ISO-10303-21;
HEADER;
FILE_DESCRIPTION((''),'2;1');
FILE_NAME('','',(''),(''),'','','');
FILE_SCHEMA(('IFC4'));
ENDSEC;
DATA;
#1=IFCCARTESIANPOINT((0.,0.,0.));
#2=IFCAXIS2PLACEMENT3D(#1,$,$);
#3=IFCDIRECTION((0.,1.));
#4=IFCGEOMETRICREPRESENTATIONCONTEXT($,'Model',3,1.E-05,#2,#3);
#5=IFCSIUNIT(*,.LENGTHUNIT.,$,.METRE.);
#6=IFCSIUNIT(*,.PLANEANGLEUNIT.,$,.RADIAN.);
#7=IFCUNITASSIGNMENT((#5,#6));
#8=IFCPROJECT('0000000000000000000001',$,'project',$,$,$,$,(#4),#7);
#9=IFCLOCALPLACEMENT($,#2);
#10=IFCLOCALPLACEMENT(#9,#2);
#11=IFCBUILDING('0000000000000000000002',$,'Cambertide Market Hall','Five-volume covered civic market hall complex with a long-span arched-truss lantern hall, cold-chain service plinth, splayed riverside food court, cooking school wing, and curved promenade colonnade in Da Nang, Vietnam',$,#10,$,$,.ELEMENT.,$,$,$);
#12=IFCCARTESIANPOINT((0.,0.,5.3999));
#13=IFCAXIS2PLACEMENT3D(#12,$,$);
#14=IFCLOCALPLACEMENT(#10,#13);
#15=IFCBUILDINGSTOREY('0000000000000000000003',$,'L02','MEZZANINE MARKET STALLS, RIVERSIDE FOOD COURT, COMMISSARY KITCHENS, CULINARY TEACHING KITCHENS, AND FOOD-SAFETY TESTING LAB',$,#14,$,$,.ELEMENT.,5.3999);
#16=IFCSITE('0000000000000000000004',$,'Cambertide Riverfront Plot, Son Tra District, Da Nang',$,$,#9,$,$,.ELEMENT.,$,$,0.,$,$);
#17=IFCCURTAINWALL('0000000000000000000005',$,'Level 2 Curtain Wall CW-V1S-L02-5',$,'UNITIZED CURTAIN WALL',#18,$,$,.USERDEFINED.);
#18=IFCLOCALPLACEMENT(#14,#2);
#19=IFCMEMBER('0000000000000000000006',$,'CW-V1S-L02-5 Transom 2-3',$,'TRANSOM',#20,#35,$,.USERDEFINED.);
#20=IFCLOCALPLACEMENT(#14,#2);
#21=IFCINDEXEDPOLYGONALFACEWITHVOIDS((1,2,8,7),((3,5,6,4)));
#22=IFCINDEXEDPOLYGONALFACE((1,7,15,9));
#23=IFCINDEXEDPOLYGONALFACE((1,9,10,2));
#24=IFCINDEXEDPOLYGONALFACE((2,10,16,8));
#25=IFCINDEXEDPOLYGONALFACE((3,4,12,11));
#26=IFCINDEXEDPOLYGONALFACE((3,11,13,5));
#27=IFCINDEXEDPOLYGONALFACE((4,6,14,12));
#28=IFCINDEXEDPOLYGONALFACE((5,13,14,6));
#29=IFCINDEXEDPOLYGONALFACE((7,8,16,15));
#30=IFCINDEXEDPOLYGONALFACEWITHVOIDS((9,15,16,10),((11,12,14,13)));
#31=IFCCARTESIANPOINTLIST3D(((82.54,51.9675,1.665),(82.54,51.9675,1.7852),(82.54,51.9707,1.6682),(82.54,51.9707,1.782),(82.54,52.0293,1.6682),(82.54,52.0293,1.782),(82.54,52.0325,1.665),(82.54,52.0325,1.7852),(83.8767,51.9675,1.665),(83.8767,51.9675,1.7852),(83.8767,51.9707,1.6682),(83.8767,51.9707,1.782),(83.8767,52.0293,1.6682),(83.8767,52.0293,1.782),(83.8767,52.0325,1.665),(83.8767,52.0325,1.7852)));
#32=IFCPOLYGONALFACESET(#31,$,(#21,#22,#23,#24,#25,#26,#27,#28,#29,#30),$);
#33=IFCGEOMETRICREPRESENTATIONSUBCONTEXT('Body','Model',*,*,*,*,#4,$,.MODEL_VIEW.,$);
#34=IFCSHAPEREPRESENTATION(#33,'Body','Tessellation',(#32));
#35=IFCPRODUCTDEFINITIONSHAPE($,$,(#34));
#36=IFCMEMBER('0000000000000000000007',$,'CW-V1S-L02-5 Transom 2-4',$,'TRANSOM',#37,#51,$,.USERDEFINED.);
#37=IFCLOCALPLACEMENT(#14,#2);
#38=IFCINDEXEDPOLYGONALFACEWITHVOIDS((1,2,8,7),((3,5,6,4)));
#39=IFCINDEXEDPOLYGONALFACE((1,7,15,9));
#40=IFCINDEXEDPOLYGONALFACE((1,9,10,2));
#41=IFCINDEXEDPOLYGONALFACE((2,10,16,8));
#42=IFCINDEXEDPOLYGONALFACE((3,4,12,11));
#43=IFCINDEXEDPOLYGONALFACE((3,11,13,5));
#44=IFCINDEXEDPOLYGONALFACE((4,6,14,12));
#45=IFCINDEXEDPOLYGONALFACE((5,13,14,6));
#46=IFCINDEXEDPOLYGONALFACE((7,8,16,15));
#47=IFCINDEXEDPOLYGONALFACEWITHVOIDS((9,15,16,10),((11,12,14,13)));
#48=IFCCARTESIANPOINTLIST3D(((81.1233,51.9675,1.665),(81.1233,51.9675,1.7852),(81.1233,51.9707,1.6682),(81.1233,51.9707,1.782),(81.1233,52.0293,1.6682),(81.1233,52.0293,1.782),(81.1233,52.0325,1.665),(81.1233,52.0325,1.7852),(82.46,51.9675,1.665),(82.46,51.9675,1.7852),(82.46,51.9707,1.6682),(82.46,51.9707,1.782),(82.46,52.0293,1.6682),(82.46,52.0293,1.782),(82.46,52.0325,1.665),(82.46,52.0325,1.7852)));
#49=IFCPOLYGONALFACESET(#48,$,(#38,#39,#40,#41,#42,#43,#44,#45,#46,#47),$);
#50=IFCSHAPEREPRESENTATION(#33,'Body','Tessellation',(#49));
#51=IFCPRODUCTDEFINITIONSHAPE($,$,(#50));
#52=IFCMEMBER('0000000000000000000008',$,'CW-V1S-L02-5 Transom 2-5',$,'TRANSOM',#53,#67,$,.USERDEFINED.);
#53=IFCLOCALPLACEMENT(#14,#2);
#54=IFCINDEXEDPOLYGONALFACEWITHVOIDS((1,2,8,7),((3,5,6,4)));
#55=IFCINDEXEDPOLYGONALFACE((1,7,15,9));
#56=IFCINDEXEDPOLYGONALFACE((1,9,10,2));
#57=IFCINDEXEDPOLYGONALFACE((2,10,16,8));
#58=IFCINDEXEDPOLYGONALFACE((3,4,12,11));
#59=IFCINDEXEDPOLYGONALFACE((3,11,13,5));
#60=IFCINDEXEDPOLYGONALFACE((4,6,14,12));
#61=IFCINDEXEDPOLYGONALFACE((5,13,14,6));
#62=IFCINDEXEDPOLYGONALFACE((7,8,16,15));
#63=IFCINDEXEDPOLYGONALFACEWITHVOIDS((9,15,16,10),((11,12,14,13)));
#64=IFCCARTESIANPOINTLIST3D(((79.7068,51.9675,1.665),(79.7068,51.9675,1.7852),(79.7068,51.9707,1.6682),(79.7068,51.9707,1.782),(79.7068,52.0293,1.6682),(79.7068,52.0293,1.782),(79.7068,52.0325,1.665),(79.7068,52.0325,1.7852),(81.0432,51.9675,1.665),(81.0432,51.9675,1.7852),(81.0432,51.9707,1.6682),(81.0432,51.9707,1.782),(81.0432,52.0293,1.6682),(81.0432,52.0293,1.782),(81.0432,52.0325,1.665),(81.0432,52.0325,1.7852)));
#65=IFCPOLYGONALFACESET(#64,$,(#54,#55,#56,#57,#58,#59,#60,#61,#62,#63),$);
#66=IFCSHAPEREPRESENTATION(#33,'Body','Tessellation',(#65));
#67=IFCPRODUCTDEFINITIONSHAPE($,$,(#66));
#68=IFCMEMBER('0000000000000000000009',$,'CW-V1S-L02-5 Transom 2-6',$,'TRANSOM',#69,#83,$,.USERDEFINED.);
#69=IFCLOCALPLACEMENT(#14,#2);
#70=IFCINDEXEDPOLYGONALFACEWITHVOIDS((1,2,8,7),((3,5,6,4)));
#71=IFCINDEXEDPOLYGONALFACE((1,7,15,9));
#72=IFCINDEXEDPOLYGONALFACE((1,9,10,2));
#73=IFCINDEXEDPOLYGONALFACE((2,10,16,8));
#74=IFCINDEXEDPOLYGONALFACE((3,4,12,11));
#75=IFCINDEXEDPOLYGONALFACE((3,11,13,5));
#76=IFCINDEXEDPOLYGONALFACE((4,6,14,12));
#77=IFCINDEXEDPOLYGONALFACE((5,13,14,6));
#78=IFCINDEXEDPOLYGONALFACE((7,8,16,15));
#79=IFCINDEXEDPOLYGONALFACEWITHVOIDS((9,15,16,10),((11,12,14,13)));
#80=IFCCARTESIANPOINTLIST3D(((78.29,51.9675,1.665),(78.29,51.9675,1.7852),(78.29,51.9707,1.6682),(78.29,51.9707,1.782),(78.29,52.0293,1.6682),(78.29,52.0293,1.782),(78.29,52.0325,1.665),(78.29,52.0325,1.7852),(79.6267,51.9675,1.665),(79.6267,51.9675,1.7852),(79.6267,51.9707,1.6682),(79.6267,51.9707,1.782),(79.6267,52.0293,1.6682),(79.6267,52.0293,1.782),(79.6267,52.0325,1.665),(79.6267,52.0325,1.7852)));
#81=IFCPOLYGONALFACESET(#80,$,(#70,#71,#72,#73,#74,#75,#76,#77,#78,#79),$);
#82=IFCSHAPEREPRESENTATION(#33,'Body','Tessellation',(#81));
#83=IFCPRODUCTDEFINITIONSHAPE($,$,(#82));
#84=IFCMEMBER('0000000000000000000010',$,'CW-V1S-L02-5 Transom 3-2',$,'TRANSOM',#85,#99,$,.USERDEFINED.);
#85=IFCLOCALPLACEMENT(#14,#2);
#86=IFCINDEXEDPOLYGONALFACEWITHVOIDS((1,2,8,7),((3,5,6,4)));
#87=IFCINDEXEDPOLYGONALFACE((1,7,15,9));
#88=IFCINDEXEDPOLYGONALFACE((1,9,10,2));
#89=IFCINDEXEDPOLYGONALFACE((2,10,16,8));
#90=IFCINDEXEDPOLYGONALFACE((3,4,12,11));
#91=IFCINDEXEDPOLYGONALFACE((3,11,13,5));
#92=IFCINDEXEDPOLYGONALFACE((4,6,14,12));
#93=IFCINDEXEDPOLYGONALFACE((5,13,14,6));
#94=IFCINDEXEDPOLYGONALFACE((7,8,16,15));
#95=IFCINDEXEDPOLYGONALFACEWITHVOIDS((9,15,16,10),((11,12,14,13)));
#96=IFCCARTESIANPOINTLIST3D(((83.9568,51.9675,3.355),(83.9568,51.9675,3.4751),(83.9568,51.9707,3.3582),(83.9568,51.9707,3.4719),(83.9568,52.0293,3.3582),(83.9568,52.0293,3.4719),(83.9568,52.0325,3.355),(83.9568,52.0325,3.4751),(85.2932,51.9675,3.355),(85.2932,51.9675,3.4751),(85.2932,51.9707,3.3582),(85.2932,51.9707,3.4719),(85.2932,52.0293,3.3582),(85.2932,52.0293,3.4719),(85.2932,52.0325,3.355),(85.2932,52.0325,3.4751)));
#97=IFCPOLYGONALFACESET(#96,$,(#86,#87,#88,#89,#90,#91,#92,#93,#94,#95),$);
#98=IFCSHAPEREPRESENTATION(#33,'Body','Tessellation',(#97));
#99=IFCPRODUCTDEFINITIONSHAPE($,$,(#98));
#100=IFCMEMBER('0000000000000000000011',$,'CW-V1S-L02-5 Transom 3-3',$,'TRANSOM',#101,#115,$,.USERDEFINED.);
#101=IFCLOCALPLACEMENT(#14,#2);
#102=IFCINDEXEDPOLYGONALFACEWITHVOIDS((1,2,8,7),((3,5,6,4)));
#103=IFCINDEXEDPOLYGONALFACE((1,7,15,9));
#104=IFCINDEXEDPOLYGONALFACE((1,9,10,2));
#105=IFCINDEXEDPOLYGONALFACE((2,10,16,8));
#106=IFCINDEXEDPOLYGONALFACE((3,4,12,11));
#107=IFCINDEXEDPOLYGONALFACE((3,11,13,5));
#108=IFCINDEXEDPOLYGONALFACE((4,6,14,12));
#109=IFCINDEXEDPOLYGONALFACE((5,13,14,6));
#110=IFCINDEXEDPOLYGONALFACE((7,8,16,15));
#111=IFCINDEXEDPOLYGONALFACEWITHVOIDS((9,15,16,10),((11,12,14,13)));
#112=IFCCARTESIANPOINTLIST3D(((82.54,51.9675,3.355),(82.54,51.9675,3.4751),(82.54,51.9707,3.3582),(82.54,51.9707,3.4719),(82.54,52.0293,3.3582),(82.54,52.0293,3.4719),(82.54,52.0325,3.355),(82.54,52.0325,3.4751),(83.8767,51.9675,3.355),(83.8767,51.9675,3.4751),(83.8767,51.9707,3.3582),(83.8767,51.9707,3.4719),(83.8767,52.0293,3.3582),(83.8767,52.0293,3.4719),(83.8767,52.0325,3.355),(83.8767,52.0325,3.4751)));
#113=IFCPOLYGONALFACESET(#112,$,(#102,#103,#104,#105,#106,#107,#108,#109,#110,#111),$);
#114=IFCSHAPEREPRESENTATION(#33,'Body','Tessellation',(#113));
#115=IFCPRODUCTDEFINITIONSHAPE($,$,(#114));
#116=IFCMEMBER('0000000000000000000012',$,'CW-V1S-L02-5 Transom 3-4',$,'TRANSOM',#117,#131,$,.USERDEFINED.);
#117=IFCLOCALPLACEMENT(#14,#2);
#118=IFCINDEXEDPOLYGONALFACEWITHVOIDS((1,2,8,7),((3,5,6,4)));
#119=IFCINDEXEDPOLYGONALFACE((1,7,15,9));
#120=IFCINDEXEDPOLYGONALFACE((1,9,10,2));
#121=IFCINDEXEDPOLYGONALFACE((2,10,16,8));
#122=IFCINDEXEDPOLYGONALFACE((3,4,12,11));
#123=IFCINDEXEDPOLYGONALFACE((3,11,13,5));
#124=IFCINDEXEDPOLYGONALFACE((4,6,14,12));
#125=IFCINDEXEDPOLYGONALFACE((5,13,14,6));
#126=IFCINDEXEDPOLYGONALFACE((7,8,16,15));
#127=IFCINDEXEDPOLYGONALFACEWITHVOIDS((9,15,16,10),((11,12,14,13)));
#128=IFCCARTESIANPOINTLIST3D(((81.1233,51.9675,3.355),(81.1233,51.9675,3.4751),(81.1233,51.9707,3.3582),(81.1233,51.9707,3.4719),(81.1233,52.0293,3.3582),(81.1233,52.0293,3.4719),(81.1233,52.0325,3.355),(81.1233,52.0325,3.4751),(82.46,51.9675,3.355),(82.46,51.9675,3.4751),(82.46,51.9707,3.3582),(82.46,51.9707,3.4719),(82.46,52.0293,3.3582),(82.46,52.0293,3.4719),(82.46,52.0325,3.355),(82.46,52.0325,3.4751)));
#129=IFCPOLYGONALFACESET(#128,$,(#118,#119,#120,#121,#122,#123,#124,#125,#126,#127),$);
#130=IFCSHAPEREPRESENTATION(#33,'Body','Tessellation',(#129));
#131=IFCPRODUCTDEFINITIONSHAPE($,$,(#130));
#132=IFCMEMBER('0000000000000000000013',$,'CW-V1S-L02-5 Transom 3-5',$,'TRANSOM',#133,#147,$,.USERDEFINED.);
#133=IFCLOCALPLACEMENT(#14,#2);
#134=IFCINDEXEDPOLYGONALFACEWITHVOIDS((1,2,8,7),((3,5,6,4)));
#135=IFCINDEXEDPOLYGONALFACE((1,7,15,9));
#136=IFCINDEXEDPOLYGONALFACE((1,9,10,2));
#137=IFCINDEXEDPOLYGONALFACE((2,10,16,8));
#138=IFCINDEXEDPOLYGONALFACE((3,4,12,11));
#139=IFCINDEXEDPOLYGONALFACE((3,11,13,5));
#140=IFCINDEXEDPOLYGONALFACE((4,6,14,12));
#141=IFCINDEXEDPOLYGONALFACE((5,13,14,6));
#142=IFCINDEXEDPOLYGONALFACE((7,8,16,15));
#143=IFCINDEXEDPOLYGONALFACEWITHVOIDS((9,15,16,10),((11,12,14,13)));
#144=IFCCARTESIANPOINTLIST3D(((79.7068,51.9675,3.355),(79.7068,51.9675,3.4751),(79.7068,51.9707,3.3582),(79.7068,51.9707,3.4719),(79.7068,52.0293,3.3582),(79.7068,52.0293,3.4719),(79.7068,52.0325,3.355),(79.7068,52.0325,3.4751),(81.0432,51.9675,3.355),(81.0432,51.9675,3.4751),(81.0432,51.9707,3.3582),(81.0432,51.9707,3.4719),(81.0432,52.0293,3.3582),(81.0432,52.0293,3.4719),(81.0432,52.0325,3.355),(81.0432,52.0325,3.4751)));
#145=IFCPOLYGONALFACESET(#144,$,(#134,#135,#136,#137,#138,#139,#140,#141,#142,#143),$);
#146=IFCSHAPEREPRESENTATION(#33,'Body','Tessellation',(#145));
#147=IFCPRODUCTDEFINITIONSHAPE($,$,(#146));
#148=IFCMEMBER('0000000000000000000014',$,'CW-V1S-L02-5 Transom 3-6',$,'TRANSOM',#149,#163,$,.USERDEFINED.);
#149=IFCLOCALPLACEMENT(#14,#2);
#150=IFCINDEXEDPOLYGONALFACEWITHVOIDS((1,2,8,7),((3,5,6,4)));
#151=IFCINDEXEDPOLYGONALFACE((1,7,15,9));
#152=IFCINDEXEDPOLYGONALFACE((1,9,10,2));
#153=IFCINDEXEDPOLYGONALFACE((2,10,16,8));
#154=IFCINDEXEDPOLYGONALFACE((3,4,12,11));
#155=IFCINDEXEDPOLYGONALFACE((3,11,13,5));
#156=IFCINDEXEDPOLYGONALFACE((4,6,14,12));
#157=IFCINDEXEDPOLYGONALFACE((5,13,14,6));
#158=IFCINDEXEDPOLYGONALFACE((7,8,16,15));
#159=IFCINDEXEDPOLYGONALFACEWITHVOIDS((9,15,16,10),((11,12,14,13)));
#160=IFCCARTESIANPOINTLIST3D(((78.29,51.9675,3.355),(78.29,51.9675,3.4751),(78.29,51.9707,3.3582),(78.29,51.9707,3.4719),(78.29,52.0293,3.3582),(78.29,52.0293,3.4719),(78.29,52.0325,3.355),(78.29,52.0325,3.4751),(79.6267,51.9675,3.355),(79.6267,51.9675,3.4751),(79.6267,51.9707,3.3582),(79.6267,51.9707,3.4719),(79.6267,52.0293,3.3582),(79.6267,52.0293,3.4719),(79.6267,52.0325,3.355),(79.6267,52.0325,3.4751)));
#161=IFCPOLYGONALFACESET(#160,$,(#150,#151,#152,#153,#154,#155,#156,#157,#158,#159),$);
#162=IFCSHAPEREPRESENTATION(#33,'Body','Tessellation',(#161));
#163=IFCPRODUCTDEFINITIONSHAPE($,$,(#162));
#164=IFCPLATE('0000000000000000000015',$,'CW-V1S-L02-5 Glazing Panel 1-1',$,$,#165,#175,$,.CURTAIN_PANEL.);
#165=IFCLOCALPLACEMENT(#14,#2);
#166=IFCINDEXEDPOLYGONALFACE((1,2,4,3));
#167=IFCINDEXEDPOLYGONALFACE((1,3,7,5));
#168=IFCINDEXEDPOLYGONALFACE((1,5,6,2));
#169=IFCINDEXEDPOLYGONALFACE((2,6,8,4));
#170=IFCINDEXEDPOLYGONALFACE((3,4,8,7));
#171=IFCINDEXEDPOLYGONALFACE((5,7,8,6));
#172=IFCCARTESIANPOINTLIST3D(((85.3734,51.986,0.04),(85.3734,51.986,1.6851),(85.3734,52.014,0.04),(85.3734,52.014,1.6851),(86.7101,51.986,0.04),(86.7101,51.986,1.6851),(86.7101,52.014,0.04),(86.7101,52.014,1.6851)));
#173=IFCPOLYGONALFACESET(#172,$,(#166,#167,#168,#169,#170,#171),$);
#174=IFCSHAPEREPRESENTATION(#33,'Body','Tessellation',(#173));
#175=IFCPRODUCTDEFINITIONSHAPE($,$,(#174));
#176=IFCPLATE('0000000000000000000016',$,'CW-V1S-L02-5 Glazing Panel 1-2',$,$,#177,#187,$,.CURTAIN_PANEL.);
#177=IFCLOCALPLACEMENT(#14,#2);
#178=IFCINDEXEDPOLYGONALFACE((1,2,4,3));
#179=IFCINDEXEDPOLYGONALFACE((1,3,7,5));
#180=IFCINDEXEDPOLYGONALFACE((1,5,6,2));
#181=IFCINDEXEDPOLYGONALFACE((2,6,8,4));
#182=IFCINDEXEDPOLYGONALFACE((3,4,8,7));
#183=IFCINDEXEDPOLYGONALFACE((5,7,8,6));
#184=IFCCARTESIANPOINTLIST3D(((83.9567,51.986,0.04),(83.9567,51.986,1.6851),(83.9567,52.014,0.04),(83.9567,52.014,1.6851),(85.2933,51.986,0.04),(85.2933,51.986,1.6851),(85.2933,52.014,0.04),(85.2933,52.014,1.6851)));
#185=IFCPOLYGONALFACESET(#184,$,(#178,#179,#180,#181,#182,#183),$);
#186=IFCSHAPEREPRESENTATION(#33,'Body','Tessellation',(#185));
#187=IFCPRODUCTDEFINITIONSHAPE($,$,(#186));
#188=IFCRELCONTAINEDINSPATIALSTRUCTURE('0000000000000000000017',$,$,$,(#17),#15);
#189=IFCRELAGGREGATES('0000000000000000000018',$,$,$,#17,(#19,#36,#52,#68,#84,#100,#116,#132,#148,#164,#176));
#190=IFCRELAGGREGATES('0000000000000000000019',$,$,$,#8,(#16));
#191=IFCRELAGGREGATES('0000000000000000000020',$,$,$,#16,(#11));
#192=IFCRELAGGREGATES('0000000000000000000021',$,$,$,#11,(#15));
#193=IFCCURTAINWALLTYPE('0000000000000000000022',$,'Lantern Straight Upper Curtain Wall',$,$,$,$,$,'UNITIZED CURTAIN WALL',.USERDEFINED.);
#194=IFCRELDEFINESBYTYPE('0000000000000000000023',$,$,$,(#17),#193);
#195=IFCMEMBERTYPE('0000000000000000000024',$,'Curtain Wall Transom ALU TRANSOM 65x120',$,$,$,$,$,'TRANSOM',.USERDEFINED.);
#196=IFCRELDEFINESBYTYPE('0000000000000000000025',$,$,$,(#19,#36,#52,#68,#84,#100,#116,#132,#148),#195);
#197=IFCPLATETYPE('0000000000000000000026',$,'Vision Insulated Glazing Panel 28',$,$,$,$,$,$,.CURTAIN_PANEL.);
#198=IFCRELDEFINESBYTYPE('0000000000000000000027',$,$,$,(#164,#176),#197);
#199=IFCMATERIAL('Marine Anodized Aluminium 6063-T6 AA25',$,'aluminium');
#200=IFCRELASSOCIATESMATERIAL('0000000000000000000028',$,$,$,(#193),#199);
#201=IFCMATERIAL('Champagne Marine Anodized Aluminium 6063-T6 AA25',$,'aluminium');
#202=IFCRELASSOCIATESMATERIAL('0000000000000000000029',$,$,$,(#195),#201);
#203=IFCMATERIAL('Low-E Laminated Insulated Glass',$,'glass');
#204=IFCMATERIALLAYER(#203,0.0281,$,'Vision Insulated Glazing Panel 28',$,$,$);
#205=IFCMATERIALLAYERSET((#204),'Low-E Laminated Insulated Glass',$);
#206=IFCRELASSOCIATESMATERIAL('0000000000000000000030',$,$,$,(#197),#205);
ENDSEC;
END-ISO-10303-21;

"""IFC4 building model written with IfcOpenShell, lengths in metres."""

from ifc_helpers import new_model, si_unit, direction, frame, origin, origin_2d, place, context, subcontext, project, spatial, rectangle, hollow_rectangle, extrude, material, layer, layer_set, material_profile, profile_set, type_object, element, aggregate, save


model = new_model("IFC4")

# Units and contexts
model_context = context("Model", 3, precision=1e-05, world=origin(), true_north=direction((0.0, 1.0)))
body_context = subcontext(model_context, "Body", "Model", "MODEL_VIEW")
ifc_project = project(units=[si_unit("LENGTHUNIT", "METRE"), si_unit("PLANEANGLEUNIT", "RADIAN")], contexts=[model_context])

# Site, building, storey
site_placement = place(None, origin())
site = spatial("IfcSite", under=ifc_project, at=site_placement, Name="Cambertide Riverfront Plot, Son Tra District, Da Nang", CompositionType="ELEMENT", RefElevation=0.0)
building_placement = place(site_placement, origin())
building = spatial("IfcBuilding", under=site, at=building_placement, Name="Cambertide Market Hall", Description="Five-volume covered civic market hall complex with a long-span arched-truss lantern hall, cold-chain service plinth, splayed riverside food court, cooking school wing, and curved promenade colonnade in Da Nang, Vietnam", CompositionType="ELEMENT")
storey_placement = place(building_placement, frame((0.0, 0.0, 5.3999)))
storey = spatial("IfcBuildingStorey", under=building, at=storey_placement, Name="L02", Description="MEZZANINE MARKET STALLS, RIVERSIDE FOOD COURT, COMMISSARY KITCHENS, CULINARY TEACHING KITCHENS, AND FOOD-SAFETY TESTING LAB", CompositionType="ELEMENT", Elevation=5.3999)

# Curtain wall, members, plates
ifc_material_1 = material(Name="Marine Anodized Aluminium 6063-T6 AA25", Category="aluminium")
curtain_wall_type = type_object("IfcCurtainWallType", Name="Lantern Straight Upper Curtain Wall", ElementType="UNITIZED CURTAIN WALL", PredefinedType="USERDEFINED", material=ifc_material_1)
curtain_wall_placement = place(storey_placement, origin())
curtain_wall = element("IfcCurtainWall", 1, at=curtain_wall_placement, inside=storey, type_object=curtain_wall_type, Name="Level 2 Curtain Wall CW-V1S-L02-5", ObjectType="UNITIZED CURTAIN WALL", PredefinedType="USERDEFINED")
ifc_material_2 = material(Name="Champagne Marine Anodized Aluminium 6063-T6 AA25", Category="aluminium")
ifc_material_profile_1 = material_profile(ifc_material_2, hollow_rectangle(XDim=0.0649, YDim=0.1201, WallThickness=0.0032, at=origin_2d()), Name="ALU TRANSOM 65x120")
ifc_profile_set_1 = profile_set([ifc_material_profile_1], Name="Champagne Marine Anodized Aluminium 6063-T6 AA25")
member_type_1 = type_object("IfcMemberType", Name="Curtain Wall Transom ALU TRANSOM 65x120", ElementType="TRANSOM", PredefinedType="USERDEFINED", material=ifc_profile_set_1)
member_1_placement = place(storey_placement, frame((83.8767, 52.0, 1.7251), z_axis=(-1.0, 0.0, 0.0), x_axis=(0.0, -1.0, 0.0)))
member_1 = element("IfcMember", 2, at=member_1_placement, type_object=member_type_1, Name="CW-V1S-L02-5 Transom 2-3", ObjectType="TRANSOM", PredefinedType="USERDEFINED", context=body_context, shape_type="SweptSolid", body=[
    extrude(hollow_rectangle(XDim=0.0649, YDim=0.1201, WallThickness=0.0032, at=origin_2d()), origin(), (0.0, 0.0, 1.0), 1.3367),
])
member_2_placement = place(storey_placement, frame((82.46, 52.0, 1.7251), z_axis=(-1.0, 0.0, 0.0), x_axis=(0.0, -1.0, 0.0)))
member_2 = element("IfcMember", 3, at=member_2_placement, type_object=member_type_1, Name="CW-V1S-L02-5 Transom 2-4", ObjectType="TRANSOM", PredefinedType="USERDEFINED", context=body_context, shape_type="SweptSolid", body=[
    extrude(hollow_rectangle(XDim=0.0649, YDim=0.1201, WallThickness=0.0032, at=origin_2d()), origin(), (0.0, 0.0, 1.0), 1.3367),
])
member_3_placement = place(storey_placement, frame((81.0432, 52.0, 1.7251), z_axis=(-1.0, 0.0, 0.0), x_axis=(0.0, -1.0, 0.0)))
member_3 = element("IfcMember", 4, at=member_3_placement, type_object=member_type_1, Name="CW-V1S-L02-5 Transom 2-5", ObjectType="TRANSOM", PredefinedType="USERDEFINED", context=body_context, shape_type="SweptSolid", body=[
    extrude(hollow_rectangle(XDim=0.0649, YDim=0.1201, WallThickness=0.0032, at=origin_2d()), origin(), (0.0, 0.0, 1.0), 1.3364),
])
member_4_placement = place(storey_placement, frame((79.6267, 52.0, 1.7251), z_axis=(-1.0, 0.0, 0.0), x_axis=(0.0, -1.0, 0.0)))
member_4 = element("IfcMember", 5, at=member_4_placement, type_object=member_type_1, Name="CW-V1S-L02-5 Transom 2-6", ObjectType="TRANSOM", PredefinedType="USERDEFINED", context=body_context, shape_type="SweptSolid", body=[
    extrude(hollow_rectangle(XDim=0.0649, YDim=0.1201, WallThickness=0.0032, at=origin_2d()), origin(), (0.0, 0.0, 1.0), 1.3367),
])
member_5_placement = place(storey_placement, frame((85.2932, 52.0, 3.415), z_axis=(-1.0, 0.0, 0.0), x_axis=(0.0, -1.0, 0.0)))
member_5 = element("IfcMember", 6, at=member_5_placement, type_object=member_type_1, Name="CW-V1S-L02-5 Transom 3-2", ObjectType="TRANSOM", PredefinedType="USERDEFINED", context=body_context, shape_type="SweptSolid", body=[
    extrude(hollow_rectangle(XDim=0.0649, YDim=0.1201, WallThickness=0.0032, at=origin_2d()), origin(), (0.0, 0.0, 1.0), 1.3364),
])
member_6_placement = place(storey_placement, frame((83.8767, 52.0, 3.415), z_axis=(-1.0, 0.0, 0.0), x_axis=(0.0, -1.0, 0.0)))
member_6 = element("IfcMember", 7, at=member_6_placement, type_object=member_type_1, Name="CW-V1S-L02-5 Transom 3-3", ObjectType="TRANSOM", PredefinedType="USERDEFINED", context=body_context, shape_type="SweptSolid", body=[
    extrude(hollow_rectangle(XDim=0.0649, YDim=0.1201, WallThickness=0.0032, at=origin_2d()), origin(), (0.0, 0.0, 1.0), 1.3367),
])
member_7_placement = place(storey_placement, frame((82.46, 52.0, 3.415), z_axis=(-1.0, 0.0, 0.0), x_axis=(0.0, -1.0, 0.0)))
member_7 = element("IfcMember", 8, at=member_7_placement, type_object=member_type_1, Name="CW-V1S-L02-5 Transom 3-4", ObjectType="TRANSOM", PredefinedType="USERDEFINED", context=body_context, shape_type="SweptSolid", body=[
    extrude(hollow_rectangle(XDim=0.0649, YDim=0.1201, WallThickness=0.0032, at=origin_2d()), origin(), (0.0, 0.0, 1.0), 1.3367),
])
member_8_placement = place(storey_placement, frame((81.0432, 52.0, 3.415), z_axis=(-1.0, 0.0, 0.0), x_axis=(0.0, -1.0, 0.0)))
member_8 = element("IfcMember", 9, at=member_8_placement, type_object=member_type_1, Name="CW-V1S-L02-5 Transom 3-5", ObjectType="TRANSOM", PredefinedType="USERDEFINED", context=body_context, shape_type="SweptSolid", body=[
    extrude(hollow_rectangle(XDim=0.0649, YDim=0.1201, WallThickness=0.0032, at=origin_2d()), origin(), (0.0, 0.0, 1.0), 1.3364),
])
member_9_placement = place(storey_placement, frame((79.6267, 52.0, 3.415), z_axis=(-1.0, 0.0, 0.0), x_axis=(0.0, -1.0, 0.0)))
member_9 = element("IfcMember", 10, at=member_9_placement, type_object=member_type_1, Name="CW-V1S-L02-5 Transom 3-6", ObjectType="TRANSOM", PredefinedType="USERDEFINED", context=body_context, shape_type="SweptSolid", body=[
    extrude(hollow_rectangle(XDim=0.0649, YDim=0.1201, WallThickness=0.0032, at=origin_2d()), origin(), (0.0, 0.0, 1.0), 1.3367),
])
ifc_material_3 = material(Name="Low-E Laminated Insulated Glass", Category="glass")
ifc_layer = layer(ifc_material_3, 0.0281, Name="Vision Insulated Glazing Panel 28")
ifc_layer_set = layer_set([ifc_layer], Name="Low-E Laminated Insulated Glass")
plate_type = type_object("IfcPlateType", Name="Vision Insulated Glazing Panel 28", PredefinedType="CURTAIN_PANEL", material=ifc_layer_set)
plate_1_placement = place(storey_placement, frame((86.0417, 52.0, 0.04), z_axis=(0.0, 0.0, 1.0), x_axis=(-1.0, 0.0, 0.0)))
plate_1 = element("IfcPlate", 11, at=plate_1_placement, type_object=plate_type, Name="CW-V1S-L02-5 Glazing Panel 1-1", PredefinedType="CURTAIN_PANEL", context=body_context, shape_type="SweptSolid", body=[
    extrude(rectangle(XDim=1.3367, YDim=0.0281, at=origin_2d()), origin(), (0.0, 0.0, 1.0), 1.645),
])
plate_2_placement = place(storey_placement, frame((84.625, 52.0, 0.04), z_axis=(0.0, 0.0, 1.0), x_axis=(-1.0, 0.0, 0.0)))
plate_2 = element("IfcPlate", 12, at=plate_2_placement, type_object=plate_type, Name="CW-V1S-L02-5 Glazing Panel 1-2", PredefinedType="CURTAIN_PANEL", context=body_context, shape_type="SweptSolid", body=[
    extrude(rectangle(XDim=1.3367, YDim=0.0281, at=origin_2d()), origin(), (0.0, 0.0, 1.0), 1.645),
])
aggregate(curtain_wall, [member_1, member_2, member_3, member_4, member_5, member_6, member_7, member_8, member_9, plate_1, plate_2])

save(model, "model.ifc")
